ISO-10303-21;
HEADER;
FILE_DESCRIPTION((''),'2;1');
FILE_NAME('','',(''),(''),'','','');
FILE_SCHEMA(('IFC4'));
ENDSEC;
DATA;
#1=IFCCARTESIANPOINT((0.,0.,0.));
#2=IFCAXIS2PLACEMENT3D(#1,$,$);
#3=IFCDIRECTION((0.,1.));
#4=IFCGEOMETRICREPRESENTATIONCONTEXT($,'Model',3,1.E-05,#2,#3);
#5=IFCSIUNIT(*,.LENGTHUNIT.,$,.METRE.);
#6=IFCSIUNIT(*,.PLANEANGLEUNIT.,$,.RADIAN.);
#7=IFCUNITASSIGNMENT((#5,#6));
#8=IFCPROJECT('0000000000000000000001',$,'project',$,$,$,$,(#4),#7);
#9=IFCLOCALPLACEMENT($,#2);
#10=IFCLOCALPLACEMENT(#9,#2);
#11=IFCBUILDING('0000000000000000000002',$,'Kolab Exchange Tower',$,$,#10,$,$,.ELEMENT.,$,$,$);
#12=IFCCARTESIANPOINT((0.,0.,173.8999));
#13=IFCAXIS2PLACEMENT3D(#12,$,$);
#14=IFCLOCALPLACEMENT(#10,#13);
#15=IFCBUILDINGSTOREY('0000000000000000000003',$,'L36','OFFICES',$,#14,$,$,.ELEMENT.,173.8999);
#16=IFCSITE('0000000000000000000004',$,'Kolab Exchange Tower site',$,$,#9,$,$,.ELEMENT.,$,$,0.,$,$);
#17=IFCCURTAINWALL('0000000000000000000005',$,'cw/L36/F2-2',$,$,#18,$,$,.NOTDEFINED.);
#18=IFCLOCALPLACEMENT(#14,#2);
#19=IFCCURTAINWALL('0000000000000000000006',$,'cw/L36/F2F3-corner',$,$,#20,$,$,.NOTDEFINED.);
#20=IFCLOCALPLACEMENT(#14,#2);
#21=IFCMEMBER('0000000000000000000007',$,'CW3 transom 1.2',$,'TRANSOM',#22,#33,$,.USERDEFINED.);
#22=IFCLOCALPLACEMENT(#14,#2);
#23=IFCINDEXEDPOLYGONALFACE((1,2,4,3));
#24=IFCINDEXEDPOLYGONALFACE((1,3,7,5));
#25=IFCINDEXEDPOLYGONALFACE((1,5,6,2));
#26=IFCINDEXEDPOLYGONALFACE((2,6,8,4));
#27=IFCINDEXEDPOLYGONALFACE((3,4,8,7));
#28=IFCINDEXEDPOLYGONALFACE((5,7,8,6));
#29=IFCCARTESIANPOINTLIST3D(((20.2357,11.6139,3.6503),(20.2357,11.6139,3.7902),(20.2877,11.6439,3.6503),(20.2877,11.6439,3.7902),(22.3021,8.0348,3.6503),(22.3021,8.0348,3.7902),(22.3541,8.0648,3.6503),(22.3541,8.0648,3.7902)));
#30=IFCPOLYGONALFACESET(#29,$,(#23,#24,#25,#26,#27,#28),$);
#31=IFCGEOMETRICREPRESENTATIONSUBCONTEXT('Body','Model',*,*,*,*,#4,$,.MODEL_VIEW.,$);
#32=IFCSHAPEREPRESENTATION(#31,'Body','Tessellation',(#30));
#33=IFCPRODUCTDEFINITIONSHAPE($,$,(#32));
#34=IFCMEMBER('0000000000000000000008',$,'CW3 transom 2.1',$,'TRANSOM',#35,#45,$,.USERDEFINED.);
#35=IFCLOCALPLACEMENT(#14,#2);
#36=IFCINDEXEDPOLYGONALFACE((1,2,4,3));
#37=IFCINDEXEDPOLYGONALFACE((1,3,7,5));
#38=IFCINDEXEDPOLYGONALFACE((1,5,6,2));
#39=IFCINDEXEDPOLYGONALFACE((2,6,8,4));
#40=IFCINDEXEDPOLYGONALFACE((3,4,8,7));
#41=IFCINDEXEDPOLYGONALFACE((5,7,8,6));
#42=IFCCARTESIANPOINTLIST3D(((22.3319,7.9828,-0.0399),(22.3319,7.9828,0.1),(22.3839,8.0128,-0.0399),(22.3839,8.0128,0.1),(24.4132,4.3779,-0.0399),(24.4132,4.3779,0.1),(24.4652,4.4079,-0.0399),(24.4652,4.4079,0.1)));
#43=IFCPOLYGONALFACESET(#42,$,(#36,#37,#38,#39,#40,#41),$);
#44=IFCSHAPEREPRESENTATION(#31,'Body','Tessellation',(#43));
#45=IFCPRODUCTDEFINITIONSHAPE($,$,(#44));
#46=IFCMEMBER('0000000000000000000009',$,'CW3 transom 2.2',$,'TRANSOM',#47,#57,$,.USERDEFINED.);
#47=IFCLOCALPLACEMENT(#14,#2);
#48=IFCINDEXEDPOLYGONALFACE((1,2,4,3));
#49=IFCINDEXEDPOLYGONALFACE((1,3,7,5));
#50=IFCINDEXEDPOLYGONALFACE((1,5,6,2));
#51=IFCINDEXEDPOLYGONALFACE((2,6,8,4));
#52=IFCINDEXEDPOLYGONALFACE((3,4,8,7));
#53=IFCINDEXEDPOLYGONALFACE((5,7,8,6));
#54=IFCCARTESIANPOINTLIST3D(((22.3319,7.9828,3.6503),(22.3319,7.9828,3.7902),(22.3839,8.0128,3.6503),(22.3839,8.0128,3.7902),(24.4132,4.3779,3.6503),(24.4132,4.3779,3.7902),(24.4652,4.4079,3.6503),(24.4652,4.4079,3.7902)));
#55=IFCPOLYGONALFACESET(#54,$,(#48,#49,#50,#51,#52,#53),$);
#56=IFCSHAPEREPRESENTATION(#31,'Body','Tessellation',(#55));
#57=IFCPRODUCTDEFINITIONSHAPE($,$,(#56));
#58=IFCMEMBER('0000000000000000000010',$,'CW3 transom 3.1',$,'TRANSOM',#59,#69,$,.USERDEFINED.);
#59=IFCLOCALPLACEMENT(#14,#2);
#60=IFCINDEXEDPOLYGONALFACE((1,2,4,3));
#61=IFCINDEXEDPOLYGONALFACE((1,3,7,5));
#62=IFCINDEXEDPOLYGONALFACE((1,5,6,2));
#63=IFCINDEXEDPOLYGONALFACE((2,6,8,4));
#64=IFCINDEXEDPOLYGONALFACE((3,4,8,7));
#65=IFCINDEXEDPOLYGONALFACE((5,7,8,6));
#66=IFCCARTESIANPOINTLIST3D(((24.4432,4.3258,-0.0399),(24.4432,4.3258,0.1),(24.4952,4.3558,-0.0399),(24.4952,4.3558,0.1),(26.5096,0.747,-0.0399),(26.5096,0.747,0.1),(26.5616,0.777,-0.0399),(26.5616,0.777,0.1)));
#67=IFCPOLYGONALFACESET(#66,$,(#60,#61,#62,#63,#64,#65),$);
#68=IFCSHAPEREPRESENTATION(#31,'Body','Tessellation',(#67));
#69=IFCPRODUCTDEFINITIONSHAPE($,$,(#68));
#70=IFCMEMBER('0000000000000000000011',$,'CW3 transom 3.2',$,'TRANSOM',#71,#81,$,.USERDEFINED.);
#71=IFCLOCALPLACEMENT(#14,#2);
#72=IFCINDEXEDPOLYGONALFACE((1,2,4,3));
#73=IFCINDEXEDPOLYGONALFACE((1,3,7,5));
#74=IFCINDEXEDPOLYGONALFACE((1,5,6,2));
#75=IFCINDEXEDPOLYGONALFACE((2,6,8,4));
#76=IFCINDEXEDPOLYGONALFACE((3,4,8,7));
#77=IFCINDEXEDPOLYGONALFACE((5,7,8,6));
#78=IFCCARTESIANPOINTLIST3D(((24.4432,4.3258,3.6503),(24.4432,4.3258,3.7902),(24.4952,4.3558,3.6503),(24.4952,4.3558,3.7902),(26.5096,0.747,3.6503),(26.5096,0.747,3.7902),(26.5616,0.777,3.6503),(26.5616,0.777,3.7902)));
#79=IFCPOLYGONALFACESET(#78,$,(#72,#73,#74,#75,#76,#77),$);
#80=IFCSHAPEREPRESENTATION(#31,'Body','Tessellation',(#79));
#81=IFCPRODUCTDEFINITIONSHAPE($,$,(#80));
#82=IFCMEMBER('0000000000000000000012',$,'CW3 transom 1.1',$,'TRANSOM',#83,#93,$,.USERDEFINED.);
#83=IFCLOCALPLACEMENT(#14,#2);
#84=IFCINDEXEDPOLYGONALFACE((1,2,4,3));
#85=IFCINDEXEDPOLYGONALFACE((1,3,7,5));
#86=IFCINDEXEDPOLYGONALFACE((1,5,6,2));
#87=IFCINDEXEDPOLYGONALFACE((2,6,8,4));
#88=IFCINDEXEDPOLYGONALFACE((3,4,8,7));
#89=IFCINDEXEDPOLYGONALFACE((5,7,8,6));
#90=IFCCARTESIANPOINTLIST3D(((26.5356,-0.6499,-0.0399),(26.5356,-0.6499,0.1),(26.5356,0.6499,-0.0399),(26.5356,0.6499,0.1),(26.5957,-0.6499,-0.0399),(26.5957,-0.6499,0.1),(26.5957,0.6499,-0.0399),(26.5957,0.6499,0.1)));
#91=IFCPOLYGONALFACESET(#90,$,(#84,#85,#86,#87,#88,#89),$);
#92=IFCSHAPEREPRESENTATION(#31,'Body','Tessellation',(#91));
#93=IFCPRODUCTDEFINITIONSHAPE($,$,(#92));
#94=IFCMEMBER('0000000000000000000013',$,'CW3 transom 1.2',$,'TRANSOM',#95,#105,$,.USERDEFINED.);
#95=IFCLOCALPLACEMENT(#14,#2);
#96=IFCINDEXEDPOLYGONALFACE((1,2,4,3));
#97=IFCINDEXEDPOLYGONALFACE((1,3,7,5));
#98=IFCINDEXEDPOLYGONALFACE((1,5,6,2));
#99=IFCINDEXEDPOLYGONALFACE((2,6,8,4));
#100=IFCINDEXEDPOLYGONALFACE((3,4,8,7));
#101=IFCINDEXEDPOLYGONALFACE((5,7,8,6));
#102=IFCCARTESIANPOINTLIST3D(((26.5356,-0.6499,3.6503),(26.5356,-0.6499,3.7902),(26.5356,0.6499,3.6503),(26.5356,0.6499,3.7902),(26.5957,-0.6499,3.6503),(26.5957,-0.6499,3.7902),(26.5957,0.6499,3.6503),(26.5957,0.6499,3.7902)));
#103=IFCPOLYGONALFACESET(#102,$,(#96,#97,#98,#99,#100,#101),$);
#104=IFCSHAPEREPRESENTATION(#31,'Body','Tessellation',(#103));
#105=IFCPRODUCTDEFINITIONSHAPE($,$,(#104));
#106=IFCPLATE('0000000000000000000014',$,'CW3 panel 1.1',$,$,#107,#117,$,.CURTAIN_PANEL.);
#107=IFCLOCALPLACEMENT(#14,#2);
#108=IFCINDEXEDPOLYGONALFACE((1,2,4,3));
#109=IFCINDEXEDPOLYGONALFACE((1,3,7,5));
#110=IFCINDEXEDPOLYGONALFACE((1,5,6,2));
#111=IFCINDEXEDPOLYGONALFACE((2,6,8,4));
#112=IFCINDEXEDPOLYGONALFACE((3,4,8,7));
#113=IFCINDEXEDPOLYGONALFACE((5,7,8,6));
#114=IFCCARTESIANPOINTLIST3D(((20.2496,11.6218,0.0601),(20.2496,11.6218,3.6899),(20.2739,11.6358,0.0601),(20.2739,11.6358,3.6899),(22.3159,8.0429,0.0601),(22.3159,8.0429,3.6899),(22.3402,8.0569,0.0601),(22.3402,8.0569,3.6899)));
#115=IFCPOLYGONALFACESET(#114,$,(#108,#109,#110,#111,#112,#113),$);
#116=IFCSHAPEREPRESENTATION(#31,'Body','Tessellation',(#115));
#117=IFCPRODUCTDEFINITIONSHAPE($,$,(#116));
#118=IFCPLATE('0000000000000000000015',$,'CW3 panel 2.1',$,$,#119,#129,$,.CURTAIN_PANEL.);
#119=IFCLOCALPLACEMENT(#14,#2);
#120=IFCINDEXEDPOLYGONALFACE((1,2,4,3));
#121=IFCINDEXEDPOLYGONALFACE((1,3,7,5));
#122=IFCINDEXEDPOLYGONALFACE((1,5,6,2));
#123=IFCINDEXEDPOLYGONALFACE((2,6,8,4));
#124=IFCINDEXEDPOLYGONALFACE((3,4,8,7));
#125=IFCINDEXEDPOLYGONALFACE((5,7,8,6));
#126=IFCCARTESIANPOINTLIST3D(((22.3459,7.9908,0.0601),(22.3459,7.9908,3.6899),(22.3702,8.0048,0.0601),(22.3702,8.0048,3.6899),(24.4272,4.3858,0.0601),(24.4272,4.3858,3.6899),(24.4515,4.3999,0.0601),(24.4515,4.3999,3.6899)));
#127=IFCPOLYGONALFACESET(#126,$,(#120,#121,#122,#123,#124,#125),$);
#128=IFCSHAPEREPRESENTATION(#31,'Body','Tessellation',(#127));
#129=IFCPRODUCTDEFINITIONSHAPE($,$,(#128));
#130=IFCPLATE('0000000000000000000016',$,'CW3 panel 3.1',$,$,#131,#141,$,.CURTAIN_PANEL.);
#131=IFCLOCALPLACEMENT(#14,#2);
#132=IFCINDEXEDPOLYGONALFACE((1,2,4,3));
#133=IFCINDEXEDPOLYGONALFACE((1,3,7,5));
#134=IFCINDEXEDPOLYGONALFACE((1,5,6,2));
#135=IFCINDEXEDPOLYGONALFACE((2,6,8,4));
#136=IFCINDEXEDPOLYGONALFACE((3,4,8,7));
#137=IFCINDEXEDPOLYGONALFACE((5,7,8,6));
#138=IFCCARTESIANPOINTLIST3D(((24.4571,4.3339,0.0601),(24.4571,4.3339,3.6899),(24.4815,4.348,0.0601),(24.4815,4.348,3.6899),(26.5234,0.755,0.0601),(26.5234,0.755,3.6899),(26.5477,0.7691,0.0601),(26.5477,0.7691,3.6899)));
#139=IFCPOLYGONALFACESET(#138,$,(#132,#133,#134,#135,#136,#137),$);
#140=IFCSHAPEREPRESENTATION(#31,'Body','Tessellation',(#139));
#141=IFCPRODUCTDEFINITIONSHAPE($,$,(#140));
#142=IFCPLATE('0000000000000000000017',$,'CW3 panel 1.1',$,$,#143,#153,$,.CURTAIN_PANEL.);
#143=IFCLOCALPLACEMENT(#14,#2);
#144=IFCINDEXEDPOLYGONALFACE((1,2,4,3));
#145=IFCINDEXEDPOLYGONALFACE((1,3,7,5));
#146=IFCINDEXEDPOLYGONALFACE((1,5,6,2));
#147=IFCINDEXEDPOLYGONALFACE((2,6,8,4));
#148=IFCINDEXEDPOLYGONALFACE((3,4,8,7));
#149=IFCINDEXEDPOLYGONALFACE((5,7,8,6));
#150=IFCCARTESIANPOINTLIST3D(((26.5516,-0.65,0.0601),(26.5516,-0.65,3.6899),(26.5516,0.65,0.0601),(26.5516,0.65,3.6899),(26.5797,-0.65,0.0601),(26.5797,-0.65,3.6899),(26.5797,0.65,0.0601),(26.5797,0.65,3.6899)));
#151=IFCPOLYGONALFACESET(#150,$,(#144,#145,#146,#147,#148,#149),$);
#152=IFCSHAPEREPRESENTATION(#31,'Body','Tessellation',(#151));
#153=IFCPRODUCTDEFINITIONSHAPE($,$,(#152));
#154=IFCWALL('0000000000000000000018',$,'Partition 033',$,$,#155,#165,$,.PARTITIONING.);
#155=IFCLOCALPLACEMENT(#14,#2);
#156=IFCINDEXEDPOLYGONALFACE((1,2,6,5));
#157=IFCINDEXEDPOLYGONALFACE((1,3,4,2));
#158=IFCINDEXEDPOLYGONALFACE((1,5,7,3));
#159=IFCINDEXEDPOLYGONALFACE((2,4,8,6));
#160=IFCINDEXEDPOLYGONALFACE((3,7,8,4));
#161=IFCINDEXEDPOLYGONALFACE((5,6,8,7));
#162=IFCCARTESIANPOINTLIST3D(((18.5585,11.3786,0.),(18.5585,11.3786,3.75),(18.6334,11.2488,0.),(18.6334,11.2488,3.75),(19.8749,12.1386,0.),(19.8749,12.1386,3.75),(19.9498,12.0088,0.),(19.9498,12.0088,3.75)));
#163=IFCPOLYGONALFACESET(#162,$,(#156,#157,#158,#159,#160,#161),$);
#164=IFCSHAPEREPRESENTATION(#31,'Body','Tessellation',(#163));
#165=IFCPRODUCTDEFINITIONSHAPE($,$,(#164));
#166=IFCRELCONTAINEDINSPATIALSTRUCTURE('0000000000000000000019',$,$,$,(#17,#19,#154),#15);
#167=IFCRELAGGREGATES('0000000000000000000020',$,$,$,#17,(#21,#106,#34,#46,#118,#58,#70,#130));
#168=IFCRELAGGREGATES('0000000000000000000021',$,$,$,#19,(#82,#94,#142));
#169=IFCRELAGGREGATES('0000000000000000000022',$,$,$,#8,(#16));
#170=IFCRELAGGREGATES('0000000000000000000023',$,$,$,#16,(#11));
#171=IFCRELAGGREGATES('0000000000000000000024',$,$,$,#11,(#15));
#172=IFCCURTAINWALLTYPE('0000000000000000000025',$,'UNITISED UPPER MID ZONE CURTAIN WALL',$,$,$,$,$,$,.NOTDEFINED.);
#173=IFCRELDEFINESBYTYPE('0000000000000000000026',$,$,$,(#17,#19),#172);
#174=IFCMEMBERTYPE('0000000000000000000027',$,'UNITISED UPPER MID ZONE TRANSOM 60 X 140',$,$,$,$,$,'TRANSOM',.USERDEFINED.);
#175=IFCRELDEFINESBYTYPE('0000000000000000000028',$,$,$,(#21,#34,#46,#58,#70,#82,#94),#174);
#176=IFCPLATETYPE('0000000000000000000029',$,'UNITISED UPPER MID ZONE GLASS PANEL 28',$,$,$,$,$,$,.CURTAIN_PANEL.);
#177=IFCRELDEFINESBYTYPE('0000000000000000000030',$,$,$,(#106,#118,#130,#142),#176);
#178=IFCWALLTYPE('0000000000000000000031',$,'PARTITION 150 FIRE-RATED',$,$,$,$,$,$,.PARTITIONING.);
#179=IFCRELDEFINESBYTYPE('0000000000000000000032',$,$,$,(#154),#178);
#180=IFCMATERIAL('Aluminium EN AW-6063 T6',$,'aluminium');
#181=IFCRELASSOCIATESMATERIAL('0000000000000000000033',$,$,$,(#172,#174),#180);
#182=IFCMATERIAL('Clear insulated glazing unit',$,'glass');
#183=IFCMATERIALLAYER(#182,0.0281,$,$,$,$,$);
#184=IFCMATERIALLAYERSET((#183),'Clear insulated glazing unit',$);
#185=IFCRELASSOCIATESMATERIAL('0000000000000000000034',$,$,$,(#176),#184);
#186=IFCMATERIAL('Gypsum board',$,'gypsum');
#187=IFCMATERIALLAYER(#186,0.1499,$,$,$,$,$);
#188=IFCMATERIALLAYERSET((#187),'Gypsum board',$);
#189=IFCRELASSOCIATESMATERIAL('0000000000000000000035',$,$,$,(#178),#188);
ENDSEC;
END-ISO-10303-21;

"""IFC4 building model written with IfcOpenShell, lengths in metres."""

from ifc_helpers import new_model, si_unit, direction, frame, frame_2d, origin, origin_2d, place, context, subcontext, project, spatial, rectangle, extrude, material, layer, layer_set, material_profile, profile_set, type_object, element, aggregate, save


model = new_model("IFC4")

# Units and contexts
model_context = context("Model", 3, precision=1e-05, world=origin(), true_north=direction((0.0, 1.0)))
body_context = subcontext(model_context, "Body", "Model", "MODEL_VIEW")
ifc_project = project(units=[si_unit("LENGTHUNIT", "METRE"), si_unit("PLANEANGLEUNIT", "RADIAN")], contexts=[model_context])

# Site, building, storey
site_placement = place(None, origin())
site = spatial("IfcSite", under=ifc_project, at=site_placement, Name="Kolab Exchange Tower site", CompositionType="ELEMENT", RefElevation=0.0)
building_placement = place(site_placement, origin())
building = spatial("IfcBuilding", under=site, at=building_placement, Name="Kolab Exchange Tower", CompositionType="ELEMENT")
storey_placement = place(building_placement, frame((0.0, 0.0, 173.8999)))
storey = spatial("IfcBuildingStorey", under=building, at=storey_placement, Name="L36", Description="OFFICES", CompositionType="ELEMENT", Elevation=173.8999)

# Curtain wall
ifc_material_1 = material(Name="Aluminium EN AW-6063 T6", Category="aluminium")
curtain_wall_type = type_object("IfcCurtainWallType", Name="UNITISED UPPER MID ZONE CURTAIN WALL", PredefinedType="NOTDEFINED", material=ifc_material_1)
curtain_wall_1_placement = place(storey_placement, origin())
curtain_wall_1 = element("IfcCurtainWall", 1, at=curtain_wall_1_placement, inside=storey, type_object=curtain_wall_type, Name="cw/L36/F2-2", PredefinedType="NOTDEFINED")

# Curtain wall
curtain_wall_2_placement = place(storey_placement, origin())
curtain_wall_2 = element("IfcCurtainWall", 2, at=curtain_wall_2_placement, inside=storey, type_object=curtain_wall_type, Name="cw/L36/F2F3-corner", PredefinedType="NOTDEFINED")

# Members
ifc_material_profile_1 = material_profile(ifc_material_1, rectangle(XDim=0.0601, YDim=0.1399, at=origin_2d()), Name="RECT 60X140")
ifc_profile_set_1 = profile_set([ifc_material_profile_1], Name="Aluminium EN AW-6063 T6")
member_type_1 = type_object("IfcMemberType", Name="UNITISED UPPER MID ZONE TRANSOM 60 X 140", ElementType="TRANSOM", PredefinedType="USERDEFINED", material=ifc_profile_set_1)
member_1_placement = place(storey_placement, frame((20.2617, 11.6289, 3.7202), z_axis=(0.500002, -0.866024, 0.0), x_axis=(0.866024, 0.500002, 0.0)))
member_1 = element("IfcMember", 3, at=member_1_placement, type_object=member_type_1, Name="CW3 transom 1.2", ObjectType="TRANSOM", PredefinedType="USERDEFINED", context=body_context, shape_type="SweptSolid", body=[
    extrude(rectangle(XDim=0.0601, YDim=0.1399, at=origin_2d()), origin(), (0.0, 0.0, 1.0), 4.1328),
])
member_2_placement = place(storey_placement, frame((22.3579, 7.9978, 0.03), z_axis=(0.499993, -0.866029, 0.0), x_axis=(0.866029, 0.499993, 0.0)))
member_2 = element("IfcMember", 4, at=member_2_placement, type_object=member_type_1, Name="CW3 transom 2.1", ObjectType="TRANSOM", PredefinedType="USERDEFINED", context=body_context, shape_type="SweptSolid", body=[
    extrude(rectangle(XDim=0.0601, YDim=0.1399, at=origin_2d()), origin(), (0.0, 0.0, 1.0), 4.1626),
])
member_3_placement = place(storey_placement, frame((22.3579, 7.9978, 3.7202), z_axis=(0.499993, -0.866029, 0.0), x_axis=(0.866029, 0.499993, 0.0)))
member_3 = element("IfcMember", 5, at=member_3_placement, type_object=member_type_1, Name="CW3 transom 2.2", ObjectType="TRANSOM", PredefinedType="USERDEFINED", context=body_context, shape_type="SweptSolid", body=[
    extrude(rectangle(XDim=0.0601, YDim=0.1399, at=origin_2d()), origin(), (0.0, 0.0, 1.0), 4.1626),
])
member_4_placement = place(storey_placement, frame((24.4692, 4.3408, 0.03), z_axis=(0.500028, -0.866009, 0.0), x_axis=(0.866009, 0.500028, 0.0)))
member_4 = element("IfcMember", 6, at=member_4_placement, type_object=member_type_1, Name="CW3 transom 3.1", ObjectType="TRANSOM", PredefinedType="USERDEFINED", context=body_context, shape_type="SweptSolid", body=[
    extrude(rectangle(XDim=0.0601, YDim=0.1399, at=origin_2d()), origin(), (0.0, 0.0, 1.0), 4.1326),
])
member_5_placement = place(storey_placement, frame((24.4692, 4.3408, 3.7202), z_axis=(0.500028, -0.866009, 0.0), x_axis=(0.866009, 0.500028, 0.0)))
member_5 = element("IfcMember", 7, at=member_5_placement, type_object=member_type_1, Name="CW3 transom 3.2", ObjectType="TRANSOM", PredefinedType="USERDEFINED", context=body_context, shape_type="SweptSolid", body=[
    extrude(rectangle(XDim=0.0601, YDim=0.1399, at=origin_2d()), origin(), (0.0, 0.0, 1.0), 4.1326),
])
member_6_placement = place(storey_placement, frame((26.5657, 0.6499, 0.03), z_axis=(0.0, -1.0, 0.0), x_axis=(1.0, 0.0, 0.0)))
member_6 = element("IfcMember", 8, at=member_6_placement, type_object=member_type_1, Name="CW3 transom 1.1", ObjectType="TRANSOM", PredefinedType="USERDEFINED", context=body_context, shape_type="SweptSolid", body=[
    extrude(rectangle(XDim=0.0601, YDim=0.1399, at=origin_2d()), origin(), (0.0, 0.0, 1.0), 1.2998),
])
member_7_placement = place(storey_placement, frame((26.5657, 0.6499, 3.7202), z_axis=(0.0, -1.0, 0.0), x_axis=(1.0, 0.0, 0.0)))
member_7 = element("IfcMember", 9, at=member_7_placement, type_object=member_type_1, Name="CW3 transom 1.2", ObjectType="TRANSOM", PredefinedType="USERDEFINED", context=body_context, shape_type="SweptSolid", body=[
    extrude(rectangle(XDim=0.0601, YDim=0.1399, at=origin_2d()), origin(), (0.0, 0.0, 1.0), 1.2998),
])

# Plates
ifc_material_2 = material(Name="Clear insulated glazing unit", Category="glass")
ifc_layer_1 = layer(ifc_material_2, 0.0281)
ifc_layer_set_1 = layer_set([ifc_layer_1], Name="Clear insulated glazing unit")
plate_type = type_object("IfcPlateType", Name="UNITISED UPPER MID ZONE GLASS PANEL 28", PredefinedType="CURTAIN_PANEL", material=ifc_layer_set_1)
plate_1_placement = place(storey_placement, frame((21.2949, 9.8394, 0.0601), z_axis=(0.0, 0.0, 1.0), x_axis=(0.5, -0.866025, 0.0)))
plate_1 = element("IfcPlate", 10, at=plate_1_placement, type_object=plate_type, Name="CW3 panel 1.1", PredefinedType="CURTAIN_PANEL", context=body_context, shape_type="SweptSolid", body=[
    extrude(rectangle(XDim=4.1326, YDim=0.0281, at=origin_2d()), origin(), (0.0, 0.0, 1.0), 3.6299),
])
plate_2_placement = place(storey_placement, frame((23.3987, 6.1953, 0.0601), z_axis=(0.0, 0.0, 1.0), x_axis=(0.5, -0.866025, 0.0)))
plate_2 = element("IfcPlate", 11, at=plate_2_placement, type_object=plate_type, Name="CW3 panel 2.1", PredefinedType="CURTAIN_PANEL", context=body_context, shape_type="SweptSolid", body=[
    extrude(rectangle(XDim=4.1626, YDim=0.0281, at=origin_2d()), origin(), (0.0, 0.0, 1.0), 3.6299),
])
plate_3_placement = place(storey_placement, frame((25.5024, 2.5515, 0.0601), z_axis=(0.0, 0.0, 1.0), x_axis=(0.5, -0.866025, 0.0)))
plate_3 = element("IfcPlate", 12, at=plate_3_placement, type_object=plate_type, Name="CW3 panel 3.1", PredefinedType="CURTAIN_PANEL", context=body_context, shape_type="SweptSolid", body=[
    extrude(rectangle(XDim=4.1326, YDim=0.0281, at=origin_2d()), origin(), (0.0, 0.0, 1.0), 3.6299),
])
aggregate(curtain_wall_1, [member_1, plate_1, member_2, member_3, plate_2, member_4, member_5, plate_3])
plate_4_placement = place(storey_placement, frame((26.5657, 0.0, 0.0601), z_axis=(0.0, 0.0, 1.0), x_axis=(0.0, -1.0, 0.0)))
plate_4 = element("IfcPlate", 13, at=plate_4_placement, type_object=plate_type, Name="CW3 panel 1.1", PredefinedType="CURTAIN_PANEL", context=body_context, shape_type="SweptSolid", body=[
    extrude(rectangle(XDim=1.3, YDim=0.0281, at=origin_2d()), origin(), (0.0, 0.0, 1.0), 3.6299),
])
aggregate(curtain_wall_2, [member_6, member_7, plate_4])

# Wall
ifc_material_3 = material(Name="Gypsum board", Category="gypsum")
ifc_layer_2 = layer(ifc_material_3, 0.1499)
ifc_layer_set_2 = layer_set([ifc_layer_2], Name="Gypsum board")
wall_type = type_object("IfcWallType", Name="PARTITION 150 FIRE-RATED", PredefinedType="PARTITIONING", material=ifc_layer_set_2)
wall_placement = place(storey_placement, frame((18.5959, 11.3137, 0.0), z_axis=(0.0, 0.0, 1.0), x_axis=(0.86603, 0.499991, 0.0)))
element("IfcWall", 14, at=wall_placement, inside=storey, type_object=wall_type, Name="Partition 033", PredefinedType="PARTITIONING", context=body_context, shape_type="SweptSolid", body=[
    extrude(rectangle(XDim=1.52, YDim=0.1499, at=frame_2d((0.76, 0.0))), origin(), (0.0, 0.0, 1.0), 3.75),
])

save(model, "model.ifc")
